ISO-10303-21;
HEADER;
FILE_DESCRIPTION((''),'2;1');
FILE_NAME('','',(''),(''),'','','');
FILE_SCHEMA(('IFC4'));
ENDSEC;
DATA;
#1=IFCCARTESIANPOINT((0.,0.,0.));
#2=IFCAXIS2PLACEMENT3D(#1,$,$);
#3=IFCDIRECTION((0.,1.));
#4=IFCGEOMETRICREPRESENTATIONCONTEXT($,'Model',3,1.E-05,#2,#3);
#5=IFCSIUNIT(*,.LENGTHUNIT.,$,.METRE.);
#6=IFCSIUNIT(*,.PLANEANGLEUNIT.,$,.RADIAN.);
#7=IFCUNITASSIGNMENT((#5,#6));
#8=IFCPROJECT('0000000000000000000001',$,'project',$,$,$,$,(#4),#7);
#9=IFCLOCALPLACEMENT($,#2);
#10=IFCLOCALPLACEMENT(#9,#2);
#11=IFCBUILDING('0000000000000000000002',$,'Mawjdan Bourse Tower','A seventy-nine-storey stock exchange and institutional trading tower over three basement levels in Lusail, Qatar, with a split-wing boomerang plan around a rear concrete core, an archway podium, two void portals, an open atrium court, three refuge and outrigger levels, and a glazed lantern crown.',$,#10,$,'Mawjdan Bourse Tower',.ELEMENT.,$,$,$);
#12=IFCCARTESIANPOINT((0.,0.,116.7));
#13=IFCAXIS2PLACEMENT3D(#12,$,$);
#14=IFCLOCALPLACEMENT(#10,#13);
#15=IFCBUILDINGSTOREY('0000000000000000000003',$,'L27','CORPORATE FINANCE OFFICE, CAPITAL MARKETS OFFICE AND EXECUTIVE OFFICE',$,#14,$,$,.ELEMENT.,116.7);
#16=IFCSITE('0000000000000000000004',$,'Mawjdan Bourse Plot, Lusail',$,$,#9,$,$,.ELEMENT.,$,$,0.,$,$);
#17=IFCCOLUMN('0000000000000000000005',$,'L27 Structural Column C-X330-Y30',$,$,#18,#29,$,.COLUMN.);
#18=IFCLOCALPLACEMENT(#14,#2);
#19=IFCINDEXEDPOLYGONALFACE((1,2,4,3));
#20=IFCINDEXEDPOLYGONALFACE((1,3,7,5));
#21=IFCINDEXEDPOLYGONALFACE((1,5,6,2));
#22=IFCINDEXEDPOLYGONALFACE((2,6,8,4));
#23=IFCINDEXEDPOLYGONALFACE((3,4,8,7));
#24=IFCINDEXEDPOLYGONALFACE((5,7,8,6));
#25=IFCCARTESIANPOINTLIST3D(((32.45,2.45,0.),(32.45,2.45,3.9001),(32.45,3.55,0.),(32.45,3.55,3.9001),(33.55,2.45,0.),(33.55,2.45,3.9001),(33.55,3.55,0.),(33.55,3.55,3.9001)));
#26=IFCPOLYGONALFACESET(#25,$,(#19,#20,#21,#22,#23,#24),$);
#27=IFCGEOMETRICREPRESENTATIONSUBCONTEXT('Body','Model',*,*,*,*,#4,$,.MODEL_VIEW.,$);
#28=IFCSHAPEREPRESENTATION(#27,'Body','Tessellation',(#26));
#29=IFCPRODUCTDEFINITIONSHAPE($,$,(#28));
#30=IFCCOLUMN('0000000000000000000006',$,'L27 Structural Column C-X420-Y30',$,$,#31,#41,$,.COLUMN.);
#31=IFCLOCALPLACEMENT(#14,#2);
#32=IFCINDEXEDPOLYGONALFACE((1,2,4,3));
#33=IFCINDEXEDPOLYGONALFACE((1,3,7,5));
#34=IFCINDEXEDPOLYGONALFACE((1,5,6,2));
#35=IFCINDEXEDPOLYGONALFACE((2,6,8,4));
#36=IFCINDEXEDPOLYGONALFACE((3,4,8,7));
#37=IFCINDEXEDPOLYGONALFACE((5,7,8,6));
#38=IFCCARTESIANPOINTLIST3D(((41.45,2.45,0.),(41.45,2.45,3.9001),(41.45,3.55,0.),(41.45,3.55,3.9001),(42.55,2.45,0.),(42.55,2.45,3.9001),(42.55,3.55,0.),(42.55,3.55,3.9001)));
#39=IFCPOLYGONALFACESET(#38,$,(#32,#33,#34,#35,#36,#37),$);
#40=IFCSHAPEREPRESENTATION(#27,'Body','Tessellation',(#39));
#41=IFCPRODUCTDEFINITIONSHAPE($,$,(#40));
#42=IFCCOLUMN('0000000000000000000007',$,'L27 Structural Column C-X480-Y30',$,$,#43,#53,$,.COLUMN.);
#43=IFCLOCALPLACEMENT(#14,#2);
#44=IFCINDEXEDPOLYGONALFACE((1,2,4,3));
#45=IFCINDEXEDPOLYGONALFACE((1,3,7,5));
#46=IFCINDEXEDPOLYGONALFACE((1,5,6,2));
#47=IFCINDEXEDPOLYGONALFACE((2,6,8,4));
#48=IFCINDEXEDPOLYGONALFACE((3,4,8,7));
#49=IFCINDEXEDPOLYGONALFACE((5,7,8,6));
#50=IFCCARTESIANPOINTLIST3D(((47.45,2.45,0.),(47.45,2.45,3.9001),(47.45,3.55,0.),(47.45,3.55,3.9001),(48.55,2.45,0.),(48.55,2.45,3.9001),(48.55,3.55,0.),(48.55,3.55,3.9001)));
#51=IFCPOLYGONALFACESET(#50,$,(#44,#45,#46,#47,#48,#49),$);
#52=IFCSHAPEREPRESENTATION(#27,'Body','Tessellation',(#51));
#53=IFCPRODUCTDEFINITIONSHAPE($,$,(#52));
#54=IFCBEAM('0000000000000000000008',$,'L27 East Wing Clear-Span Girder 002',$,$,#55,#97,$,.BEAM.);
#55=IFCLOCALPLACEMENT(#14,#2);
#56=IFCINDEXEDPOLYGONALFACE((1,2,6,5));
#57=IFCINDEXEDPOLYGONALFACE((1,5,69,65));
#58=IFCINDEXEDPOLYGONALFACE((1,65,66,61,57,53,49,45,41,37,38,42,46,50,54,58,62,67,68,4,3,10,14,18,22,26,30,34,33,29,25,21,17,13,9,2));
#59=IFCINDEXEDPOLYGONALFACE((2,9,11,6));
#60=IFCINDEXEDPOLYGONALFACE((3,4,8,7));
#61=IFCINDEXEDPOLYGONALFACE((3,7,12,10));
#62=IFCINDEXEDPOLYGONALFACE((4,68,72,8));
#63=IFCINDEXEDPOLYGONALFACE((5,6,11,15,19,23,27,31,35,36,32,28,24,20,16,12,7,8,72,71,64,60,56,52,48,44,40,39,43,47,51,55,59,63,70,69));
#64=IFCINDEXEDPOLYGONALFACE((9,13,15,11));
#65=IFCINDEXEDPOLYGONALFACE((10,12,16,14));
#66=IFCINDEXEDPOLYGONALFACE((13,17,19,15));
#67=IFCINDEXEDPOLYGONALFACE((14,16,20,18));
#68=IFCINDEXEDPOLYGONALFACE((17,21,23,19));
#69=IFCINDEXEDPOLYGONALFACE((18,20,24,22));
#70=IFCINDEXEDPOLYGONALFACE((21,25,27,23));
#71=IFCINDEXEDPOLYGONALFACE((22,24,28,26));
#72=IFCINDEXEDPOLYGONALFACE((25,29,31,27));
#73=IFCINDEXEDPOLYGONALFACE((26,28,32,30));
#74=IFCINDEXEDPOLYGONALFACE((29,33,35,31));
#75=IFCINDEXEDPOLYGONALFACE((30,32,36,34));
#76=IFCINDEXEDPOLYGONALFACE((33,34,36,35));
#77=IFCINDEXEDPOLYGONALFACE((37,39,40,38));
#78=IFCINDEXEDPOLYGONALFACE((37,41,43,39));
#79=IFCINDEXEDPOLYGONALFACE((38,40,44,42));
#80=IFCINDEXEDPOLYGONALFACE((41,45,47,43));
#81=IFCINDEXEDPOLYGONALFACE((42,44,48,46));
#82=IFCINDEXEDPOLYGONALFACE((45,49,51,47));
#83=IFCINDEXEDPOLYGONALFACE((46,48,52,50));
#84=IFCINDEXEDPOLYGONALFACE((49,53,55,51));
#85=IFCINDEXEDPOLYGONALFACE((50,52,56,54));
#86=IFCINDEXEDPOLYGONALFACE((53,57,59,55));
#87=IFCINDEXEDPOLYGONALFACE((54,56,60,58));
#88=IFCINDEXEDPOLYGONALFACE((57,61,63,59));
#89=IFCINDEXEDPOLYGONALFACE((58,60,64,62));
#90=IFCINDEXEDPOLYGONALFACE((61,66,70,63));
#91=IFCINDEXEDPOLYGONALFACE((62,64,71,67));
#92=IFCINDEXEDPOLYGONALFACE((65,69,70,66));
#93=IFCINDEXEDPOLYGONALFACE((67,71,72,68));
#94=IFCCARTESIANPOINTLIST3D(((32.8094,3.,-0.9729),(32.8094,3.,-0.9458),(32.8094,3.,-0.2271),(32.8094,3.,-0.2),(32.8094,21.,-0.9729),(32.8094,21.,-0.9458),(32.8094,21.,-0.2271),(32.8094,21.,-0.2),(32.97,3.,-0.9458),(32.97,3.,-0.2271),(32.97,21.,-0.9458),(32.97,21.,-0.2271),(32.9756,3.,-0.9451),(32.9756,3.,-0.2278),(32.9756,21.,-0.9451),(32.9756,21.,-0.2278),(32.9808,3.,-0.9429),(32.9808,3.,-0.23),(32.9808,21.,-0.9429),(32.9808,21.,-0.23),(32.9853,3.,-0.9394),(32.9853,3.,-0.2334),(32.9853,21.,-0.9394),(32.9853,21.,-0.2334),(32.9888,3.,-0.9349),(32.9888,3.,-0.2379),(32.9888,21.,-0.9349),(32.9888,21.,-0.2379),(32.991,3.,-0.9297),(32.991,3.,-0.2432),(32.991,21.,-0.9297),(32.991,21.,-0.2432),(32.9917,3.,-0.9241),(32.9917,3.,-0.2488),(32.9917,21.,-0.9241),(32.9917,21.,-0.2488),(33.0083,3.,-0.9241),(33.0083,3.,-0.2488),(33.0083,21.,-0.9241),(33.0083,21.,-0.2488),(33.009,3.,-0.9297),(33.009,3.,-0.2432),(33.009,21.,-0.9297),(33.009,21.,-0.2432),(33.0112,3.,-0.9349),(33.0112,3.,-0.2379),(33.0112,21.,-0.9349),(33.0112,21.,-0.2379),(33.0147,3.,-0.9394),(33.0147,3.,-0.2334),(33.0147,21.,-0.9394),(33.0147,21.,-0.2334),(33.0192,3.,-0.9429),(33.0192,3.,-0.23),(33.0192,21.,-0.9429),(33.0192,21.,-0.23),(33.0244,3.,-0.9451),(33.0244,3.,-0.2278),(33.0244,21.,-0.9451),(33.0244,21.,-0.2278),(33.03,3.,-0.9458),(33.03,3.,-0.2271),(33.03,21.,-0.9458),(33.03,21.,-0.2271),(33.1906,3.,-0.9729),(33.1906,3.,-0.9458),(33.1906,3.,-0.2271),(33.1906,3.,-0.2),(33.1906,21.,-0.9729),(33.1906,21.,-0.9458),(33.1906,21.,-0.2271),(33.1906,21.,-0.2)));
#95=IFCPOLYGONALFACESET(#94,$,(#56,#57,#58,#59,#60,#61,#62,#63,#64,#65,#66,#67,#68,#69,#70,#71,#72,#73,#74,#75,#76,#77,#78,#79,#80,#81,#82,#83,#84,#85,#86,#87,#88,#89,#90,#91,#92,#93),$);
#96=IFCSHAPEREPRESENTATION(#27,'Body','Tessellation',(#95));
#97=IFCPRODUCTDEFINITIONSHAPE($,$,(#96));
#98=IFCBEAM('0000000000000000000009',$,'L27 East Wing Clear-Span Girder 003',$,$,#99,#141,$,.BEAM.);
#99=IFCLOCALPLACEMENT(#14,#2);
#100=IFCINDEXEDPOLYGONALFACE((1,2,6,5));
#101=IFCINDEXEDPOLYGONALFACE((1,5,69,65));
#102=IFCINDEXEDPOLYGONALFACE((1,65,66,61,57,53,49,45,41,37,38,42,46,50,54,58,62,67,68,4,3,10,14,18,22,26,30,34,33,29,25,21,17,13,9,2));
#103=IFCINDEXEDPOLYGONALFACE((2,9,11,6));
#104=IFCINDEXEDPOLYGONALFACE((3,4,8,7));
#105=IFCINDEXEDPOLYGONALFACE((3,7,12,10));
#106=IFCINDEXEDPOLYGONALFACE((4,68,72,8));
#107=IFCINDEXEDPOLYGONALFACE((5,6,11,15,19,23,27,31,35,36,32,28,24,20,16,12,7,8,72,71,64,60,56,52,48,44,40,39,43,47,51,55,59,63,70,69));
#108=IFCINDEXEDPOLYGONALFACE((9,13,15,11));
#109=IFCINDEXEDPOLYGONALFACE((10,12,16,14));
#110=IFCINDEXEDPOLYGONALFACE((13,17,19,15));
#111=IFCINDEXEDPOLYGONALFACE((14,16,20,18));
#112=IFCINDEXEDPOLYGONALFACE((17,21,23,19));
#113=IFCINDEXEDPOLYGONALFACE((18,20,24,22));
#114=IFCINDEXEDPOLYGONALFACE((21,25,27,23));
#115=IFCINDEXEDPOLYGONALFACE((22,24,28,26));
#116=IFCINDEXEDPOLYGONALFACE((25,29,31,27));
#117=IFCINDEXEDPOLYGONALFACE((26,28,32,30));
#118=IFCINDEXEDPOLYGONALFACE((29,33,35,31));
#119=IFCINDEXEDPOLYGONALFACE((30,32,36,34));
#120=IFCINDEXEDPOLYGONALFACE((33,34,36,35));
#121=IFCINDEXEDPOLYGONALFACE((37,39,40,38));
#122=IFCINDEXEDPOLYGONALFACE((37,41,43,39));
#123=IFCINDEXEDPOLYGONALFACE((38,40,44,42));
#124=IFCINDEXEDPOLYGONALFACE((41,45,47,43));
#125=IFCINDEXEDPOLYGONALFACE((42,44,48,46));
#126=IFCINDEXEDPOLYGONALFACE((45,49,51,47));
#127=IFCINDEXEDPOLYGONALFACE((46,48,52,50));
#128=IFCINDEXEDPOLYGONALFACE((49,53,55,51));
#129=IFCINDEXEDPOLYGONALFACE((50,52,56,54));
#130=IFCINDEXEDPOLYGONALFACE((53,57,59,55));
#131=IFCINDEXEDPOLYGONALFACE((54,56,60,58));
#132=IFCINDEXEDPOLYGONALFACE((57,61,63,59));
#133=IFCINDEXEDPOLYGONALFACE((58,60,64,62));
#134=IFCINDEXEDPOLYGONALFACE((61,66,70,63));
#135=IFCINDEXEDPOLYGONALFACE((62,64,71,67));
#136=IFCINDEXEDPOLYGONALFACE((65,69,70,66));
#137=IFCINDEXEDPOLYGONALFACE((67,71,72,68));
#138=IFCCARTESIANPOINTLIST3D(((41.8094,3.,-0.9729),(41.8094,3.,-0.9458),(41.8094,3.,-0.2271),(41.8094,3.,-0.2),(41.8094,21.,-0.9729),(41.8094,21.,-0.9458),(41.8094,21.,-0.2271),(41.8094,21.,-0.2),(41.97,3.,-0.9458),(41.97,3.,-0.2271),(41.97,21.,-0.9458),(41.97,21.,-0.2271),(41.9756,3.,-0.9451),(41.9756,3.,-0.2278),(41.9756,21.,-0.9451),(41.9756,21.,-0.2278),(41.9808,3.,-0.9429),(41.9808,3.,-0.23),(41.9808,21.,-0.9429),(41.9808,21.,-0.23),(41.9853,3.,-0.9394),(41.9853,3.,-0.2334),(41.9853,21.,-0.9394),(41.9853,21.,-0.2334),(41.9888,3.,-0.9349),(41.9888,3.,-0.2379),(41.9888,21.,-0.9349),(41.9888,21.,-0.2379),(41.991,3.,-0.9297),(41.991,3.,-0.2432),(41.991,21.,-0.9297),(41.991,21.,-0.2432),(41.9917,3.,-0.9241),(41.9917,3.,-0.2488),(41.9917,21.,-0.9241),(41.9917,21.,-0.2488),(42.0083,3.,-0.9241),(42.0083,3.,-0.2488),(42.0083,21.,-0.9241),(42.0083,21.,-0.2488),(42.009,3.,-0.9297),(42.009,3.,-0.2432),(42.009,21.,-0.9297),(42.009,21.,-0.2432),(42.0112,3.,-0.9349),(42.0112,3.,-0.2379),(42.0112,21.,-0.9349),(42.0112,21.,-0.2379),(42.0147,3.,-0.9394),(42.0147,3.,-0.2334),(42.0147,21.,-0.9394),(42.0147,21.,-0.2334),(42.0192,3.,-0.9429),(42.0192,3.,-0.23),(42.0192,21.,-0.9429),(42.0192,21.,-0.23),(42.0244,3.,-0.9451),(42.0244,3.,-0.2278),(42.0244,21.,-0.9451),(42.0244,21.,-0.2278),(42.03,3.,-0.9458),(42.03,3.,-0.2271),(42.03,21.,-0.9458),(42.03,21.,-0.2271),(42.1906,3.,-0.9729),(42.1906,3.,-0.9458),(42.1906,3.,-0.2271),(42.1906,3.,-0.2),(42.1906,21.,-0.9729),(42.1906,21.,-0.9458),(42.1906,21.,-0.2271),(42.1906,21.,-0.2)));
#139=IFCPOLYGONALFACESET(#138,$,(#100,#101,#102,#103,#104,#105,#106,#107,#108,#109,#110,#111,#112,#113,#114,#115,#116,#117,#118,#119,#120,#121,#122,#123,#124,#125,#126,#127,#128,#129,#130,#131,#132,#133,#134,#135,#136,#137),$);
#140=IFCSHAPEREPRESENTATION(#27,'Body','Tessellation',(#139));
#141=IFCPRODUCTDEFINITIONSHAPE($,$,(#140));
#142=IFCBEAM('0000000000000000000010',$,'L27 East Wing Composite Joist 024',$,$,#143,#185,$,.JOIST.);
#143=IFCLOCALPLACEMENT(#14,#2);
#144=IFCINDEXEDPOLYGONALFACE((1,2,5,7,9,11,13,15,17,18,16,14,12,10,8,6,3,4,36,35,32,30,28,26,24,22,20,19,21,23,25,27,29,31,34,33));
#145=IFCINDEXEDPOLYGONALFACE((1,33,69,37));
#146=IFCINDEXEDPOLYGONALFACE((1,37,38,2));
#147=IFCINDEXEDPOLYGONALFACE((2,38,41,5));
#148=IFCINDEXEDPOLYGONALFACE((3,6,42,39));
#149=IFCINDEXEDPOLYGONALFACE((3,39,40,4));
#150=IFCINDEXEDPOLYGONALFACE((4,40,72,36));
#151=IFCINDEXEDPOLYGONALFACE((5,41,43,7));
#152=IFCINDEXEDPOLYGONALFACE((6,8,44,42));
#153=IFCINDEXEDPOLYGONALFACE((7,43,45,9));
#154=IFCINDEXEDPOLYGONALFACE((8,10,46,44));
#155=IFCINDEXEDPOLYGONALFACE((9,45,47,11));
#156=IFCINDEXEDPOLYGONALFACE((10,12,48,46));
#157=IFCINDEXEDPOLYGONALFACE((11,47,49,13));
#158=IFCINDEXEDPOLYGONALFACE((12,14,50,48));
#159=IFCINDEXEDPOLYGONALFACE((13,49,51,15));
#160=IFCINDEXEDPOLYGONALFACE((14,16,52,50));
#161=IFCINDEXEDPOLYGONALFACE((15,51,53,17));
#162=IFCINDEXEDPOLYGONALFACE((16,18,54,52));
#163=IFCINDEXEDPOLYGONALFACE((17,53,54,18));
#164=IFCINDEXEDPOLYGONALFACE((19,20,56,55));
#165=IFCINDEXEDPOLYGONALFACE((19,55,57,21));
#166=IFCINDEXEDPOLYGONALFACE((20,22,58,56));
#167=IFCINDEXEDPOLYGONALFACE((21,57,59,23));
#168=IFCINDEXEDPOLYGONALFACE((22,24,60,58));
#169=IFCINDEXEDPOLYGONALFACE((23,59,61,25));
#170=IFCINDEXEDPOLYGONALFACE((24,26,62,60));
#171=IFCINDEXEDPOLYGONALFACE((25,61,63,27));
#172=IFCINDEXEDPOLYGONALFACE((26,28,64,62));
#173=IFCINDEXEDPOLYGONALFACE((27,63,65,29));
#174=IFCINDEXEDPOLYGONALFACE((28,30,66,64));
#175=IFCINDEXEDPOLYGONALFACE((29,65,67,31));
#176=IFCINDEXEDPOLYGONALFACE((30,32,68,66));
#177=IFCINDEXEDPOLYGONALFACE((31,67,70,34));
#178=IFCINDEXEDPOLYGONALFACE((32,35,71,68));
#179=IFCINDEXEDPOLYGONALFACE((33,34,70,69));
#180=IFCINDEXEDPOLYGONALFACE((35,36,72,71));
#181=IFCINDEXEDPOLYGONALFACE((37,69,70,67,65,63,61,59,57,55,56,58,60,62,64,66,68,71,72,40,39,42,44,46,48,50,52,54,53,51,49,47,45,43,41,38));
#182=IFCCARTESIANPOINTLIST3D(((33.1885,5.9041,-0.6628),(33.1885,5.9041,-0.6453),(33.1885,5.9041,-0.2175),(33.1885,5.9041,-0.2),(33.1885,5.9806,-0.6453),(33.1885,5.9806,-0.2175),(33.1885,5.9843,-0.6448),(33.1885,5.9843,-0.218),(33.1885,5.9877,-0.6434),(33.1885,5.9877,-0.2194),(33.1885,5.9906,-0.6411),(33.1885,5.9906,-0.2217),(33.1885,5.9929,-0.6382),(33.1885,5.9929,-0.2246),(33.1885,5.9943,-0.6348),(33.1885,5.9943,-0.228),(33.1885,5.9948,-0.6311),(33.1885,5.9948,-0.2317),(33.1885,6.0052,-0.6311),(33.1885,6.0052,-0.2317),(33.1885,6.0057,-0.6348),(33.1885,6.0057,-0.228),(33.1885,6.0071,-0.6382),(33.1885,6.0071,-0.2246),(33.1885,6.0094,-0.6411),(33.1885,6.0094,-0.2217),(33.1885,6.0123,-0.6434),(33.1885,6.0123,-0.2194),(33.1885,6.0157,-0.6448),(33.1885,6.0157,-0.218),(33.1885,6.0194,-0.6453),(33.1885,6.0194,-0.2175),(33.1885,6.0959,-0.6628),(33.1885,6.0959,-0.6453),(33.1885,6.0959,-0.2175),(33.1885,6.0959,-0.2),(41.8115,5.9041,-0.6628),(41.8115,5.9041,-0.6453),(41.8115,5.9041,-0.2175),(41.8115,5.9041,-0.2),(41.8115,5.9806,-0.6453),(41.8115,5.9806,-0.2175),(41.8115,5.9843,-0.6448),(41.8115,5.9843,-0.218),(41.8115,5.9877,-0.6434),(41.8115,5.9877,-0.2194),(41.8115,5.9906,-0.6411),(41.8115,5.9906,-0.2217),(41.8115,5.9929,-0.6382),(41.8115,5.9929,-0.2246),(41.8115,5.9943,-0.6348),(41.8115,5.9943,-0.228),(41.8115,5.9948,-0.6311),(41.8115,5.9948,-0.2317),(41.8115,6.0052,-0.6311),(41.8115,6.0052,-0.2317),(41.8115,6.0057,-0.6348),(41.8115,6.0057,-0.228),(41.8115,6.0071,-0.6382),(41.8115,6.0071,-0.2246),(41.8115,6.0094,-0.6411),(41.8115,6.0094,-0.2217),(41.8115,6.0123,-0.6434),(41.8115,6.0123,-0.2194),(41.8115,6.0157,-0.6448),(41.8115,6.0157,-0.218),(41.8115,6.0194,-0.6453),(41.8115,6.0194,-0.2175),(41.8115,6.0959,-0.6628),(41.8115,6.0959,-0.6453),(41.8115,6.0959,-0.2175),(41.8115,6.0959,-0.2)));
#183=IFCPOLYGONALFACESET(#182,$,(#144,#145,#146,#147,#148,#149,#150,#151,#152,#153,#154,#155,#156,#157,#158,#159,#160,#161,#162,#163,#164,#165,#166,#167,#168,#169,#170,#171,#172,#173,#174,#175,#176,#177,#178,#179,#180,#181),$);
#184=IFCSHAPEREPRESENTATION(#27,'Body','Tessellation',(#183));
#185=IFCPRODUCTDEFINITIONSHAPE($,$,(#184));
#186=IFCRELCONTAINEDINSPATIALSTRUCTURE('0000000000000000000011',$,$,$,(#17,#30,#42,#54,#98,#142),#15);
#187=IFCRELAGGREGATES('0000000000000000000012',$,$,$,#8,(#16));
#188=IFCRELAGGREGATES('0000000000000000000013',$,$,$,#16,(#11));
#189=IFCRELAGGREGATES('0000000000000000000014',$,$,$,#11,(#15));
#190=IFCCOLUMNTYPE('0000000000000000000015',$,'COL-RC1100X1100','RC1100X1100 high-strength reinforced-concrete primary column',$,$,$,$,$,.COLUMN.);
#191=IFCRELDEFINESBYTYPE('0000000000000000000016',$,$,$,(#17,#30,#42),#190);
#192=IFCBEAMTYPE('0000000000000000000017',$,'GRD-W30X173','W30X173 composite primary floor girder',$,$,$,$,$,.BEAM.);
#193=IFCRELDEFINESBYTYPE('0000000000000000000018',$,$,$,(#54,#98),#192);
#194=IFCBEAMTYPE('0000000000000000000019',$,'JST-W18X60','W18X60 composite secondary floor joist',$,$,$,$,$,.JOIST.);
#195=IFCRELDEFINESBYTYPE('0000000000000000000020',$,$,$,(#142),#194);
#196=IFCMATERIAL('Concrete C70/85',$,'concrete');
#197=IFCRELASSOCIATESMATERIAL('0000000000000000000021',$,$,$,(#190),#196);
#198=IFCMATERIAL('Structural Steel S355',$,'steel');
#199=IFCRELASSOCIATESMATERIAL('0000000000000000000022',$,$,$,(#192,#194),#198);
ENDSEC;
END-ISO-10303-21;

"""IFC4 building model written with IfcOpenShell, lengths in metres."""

from ifc_helpers import new_model, si_unit, direction, frame, origin, origin_2d, place, context, subcontext, project, spatial, rectangle, i_section, extrude, material, material_profile, profile_set, type_object, element, save


model = new_model("IFC4")

# Units and contexts
model_context = context("Model", 3, precision=1e-05, world=origin(), true_north=direction((0.0, 1.0)))
body_context = subcontext(model_context, "Body", "Model", "MODEL_VIEW")
ifc_project = project(units=[si_unit("LENGTHUNIT", "METRE"), si_unit("PLANEANGLEUNIT", "RADIAN")], contexts=[model_context])

# Site, building, storey
site_placement = place(None, origin())
site = spatial("IfcSite", under=ifc_project, at=site_placement, Name="Mawjdan Bourse Plot, Lusail", CompositionType="ELEMENT", RefElevation=0.0)
building_placement = place(site_placement, origin())
building = spatial("IfcBuilding", under=site, at=building_placement, Name="Mawjdan Bourse Tower", Description="A seventy-nine-storey stock exchange and institutional trading tower over three basement levels in Lusail, Qatar, with a split-wing boomerang plan around a rear concrete core, an archway podium, two void portals, an open atrium court, three refuge and outrigger levels, and a glazed lantern crown.", LongName="Mawjdan Bourse Tower", CompositionType="ELEMENT")
storey_placement = place(building_placement, frame((0.0, 0.0, 116.7)))
storey = spatial("IfcBuildingStorey", under=building, at=storey_placement, Name="L27", Description="CORPORATE FINANCE OFFICE, CAPITAL MARKETS OFFICE AND EXECUTIVE OFFICE", CompositionType="ELEMENT", Elevation=116.7)

# Columns
ifc_material_1 = material(Name="Concrete C70/85", Category="concrete")
ifc_material_profile_1 = material_profile(ifc_material_1, rectangle(XDim=1.1001, YDim=1.1001, at=origin_2d()), Name="RC1100X1100")
ifc_profile_set_1 = profile_set([ifc_material_profile_1], Name="Concrete C70/85")
column_type = type_object("IfcColumnType", Name="COL-RC1100X1100", Description="RC1100X1100 high-strength reinforced-concrete primary column", PredefinedType="COLUMN", material=ifc_profile_set_1)
for number, where, z_axis, x_axis, name in (
    (1, (33.0, 3.0, 0.0), (0.0, 0.0, 1.0), (1.0, 0.0, 0.0), "L27 Structural Column C-X330-Y30"),
    (2, (42.0, 3.0, 0.0), (0.0, 0.0, 1.0), (1.0, 0.0, 0.0), "L27 Structural Column C-X420-Y30"),
    (3, (48.0, 3.0, 0.0), (0.0, 0.0, 1.0), (1.0, 0.0, 0.0), "L27 Structural Column C-X480-Y30"),
):
    element("IfcColumn", number, at=place(storey_placement, frame(where, z_axis=z_axis, x_axis=x_axis)), inside=storey, type_object=column_type, Name=name, PredefinedType="COLUMN", context=body_context, shape_type="SweptSolid", body=[
        extrude(rectangle(XDim=1.1001, YDim=1.1001, at=origin_2d()), origin(), (0.0, 0.0, 1.0), 3.9001),
    ])

# Beams
ifc_material_2 = material(Name="Structural Steel S355", Category="steel")
ifc_material_profile_2 = material_profile(ifc_material_2, i_section(OverallWidth=0.3811, OverallDepth=0.7729, WebThickness=0.0166, FlangeThickness=0.0271, FilletRadius=0.0217, at=origin_2d()), Name="W30X173")
ifc_profile_set_2 = profile_set([ifc_material_profile_2], Name="Structural Steel S355")
beam_type_1 = type_object("IfcBeamType", Name="GRD-W30X173", Description="W30X173 composite primary floor girder", PredefinedType="BEAM", material=ifc_profile_set_2)
for number, where, z_axis, x_axis, name in (
    (4, (33.0, 3.0, -0.5864), (0.0, 1.0, 0.0), (-1.0, 0.0, 0.0), "L27 East Wing Clear-Span Girder 002"),
    (5, (42.0, 3.0, -0.5864), (0.0, 1.0, 0.0), (-1.0, 0.0, 0.0), "L27 East Wing Clear-Span Girder 003"),
):
    element("IfcBeam", number, at=place(storey_placement, frame(where, z_axis=z_axis, x_axis=x_axis)), inside=storey, type_object=beam_type_1, Name=name, PredefinedType="BEAM", context=body_context, shape_type="SweptSolid", body=[
        extrude(i_section(OverallWidth=0.3811, OverallDepth=0.7729, WebThickness=0.0166, FlangeThickness=0.0271, FilletRadius=0.0217, at=origin_2d()), origin(), (0.0, 0.0, 1.0), 18.0),
    ])
ifc_material_profile_3 = material_profile(ifc_material_2, i_section(OverallWidth=0.1919, OverallDepth=0.4629, WebThickness=0.0105, FlangeThickness=0.0176, FilletRadius=0.0142, at=origin_2d()), Name="W18X60")
ifc_profile_set_3 = profile_set([ifc_material_profile_3], Name="Structural Steel S355")
beam_type_2 = type_object("IfcBeamType", Name="JST-W18X60", Description="W18X60 composite secondary floor joist", PredefinedType="JOIST", material=ifc_profile_set_3)
beam_1_placement = place(storey_placement, frame((33.1885, 6.0, -0.4314), z_axis=(1.0, 0.0, 0.0), x_axis=(0.0, 1.0, 0.0)))
element("IfcBeam", 6, at=beam_1_placement, inside=storey, type_object=beam_type_2, Name="L27 East Wing Composite Joist 024", PredefinedType="JOIST", context=body_context, shape_type="SweptSolid", body=[
    extrude(i_section(OverallWidth=0.1919, OverallDepth=0.4629, WebThickness=0.0105, FlangeThickness=0.0176, FilletRadius=0.0142, at=origin_2d()), origin(), (0.0, 0.0, 1.0), 8.623),
])

save(model, "model.ifc")
